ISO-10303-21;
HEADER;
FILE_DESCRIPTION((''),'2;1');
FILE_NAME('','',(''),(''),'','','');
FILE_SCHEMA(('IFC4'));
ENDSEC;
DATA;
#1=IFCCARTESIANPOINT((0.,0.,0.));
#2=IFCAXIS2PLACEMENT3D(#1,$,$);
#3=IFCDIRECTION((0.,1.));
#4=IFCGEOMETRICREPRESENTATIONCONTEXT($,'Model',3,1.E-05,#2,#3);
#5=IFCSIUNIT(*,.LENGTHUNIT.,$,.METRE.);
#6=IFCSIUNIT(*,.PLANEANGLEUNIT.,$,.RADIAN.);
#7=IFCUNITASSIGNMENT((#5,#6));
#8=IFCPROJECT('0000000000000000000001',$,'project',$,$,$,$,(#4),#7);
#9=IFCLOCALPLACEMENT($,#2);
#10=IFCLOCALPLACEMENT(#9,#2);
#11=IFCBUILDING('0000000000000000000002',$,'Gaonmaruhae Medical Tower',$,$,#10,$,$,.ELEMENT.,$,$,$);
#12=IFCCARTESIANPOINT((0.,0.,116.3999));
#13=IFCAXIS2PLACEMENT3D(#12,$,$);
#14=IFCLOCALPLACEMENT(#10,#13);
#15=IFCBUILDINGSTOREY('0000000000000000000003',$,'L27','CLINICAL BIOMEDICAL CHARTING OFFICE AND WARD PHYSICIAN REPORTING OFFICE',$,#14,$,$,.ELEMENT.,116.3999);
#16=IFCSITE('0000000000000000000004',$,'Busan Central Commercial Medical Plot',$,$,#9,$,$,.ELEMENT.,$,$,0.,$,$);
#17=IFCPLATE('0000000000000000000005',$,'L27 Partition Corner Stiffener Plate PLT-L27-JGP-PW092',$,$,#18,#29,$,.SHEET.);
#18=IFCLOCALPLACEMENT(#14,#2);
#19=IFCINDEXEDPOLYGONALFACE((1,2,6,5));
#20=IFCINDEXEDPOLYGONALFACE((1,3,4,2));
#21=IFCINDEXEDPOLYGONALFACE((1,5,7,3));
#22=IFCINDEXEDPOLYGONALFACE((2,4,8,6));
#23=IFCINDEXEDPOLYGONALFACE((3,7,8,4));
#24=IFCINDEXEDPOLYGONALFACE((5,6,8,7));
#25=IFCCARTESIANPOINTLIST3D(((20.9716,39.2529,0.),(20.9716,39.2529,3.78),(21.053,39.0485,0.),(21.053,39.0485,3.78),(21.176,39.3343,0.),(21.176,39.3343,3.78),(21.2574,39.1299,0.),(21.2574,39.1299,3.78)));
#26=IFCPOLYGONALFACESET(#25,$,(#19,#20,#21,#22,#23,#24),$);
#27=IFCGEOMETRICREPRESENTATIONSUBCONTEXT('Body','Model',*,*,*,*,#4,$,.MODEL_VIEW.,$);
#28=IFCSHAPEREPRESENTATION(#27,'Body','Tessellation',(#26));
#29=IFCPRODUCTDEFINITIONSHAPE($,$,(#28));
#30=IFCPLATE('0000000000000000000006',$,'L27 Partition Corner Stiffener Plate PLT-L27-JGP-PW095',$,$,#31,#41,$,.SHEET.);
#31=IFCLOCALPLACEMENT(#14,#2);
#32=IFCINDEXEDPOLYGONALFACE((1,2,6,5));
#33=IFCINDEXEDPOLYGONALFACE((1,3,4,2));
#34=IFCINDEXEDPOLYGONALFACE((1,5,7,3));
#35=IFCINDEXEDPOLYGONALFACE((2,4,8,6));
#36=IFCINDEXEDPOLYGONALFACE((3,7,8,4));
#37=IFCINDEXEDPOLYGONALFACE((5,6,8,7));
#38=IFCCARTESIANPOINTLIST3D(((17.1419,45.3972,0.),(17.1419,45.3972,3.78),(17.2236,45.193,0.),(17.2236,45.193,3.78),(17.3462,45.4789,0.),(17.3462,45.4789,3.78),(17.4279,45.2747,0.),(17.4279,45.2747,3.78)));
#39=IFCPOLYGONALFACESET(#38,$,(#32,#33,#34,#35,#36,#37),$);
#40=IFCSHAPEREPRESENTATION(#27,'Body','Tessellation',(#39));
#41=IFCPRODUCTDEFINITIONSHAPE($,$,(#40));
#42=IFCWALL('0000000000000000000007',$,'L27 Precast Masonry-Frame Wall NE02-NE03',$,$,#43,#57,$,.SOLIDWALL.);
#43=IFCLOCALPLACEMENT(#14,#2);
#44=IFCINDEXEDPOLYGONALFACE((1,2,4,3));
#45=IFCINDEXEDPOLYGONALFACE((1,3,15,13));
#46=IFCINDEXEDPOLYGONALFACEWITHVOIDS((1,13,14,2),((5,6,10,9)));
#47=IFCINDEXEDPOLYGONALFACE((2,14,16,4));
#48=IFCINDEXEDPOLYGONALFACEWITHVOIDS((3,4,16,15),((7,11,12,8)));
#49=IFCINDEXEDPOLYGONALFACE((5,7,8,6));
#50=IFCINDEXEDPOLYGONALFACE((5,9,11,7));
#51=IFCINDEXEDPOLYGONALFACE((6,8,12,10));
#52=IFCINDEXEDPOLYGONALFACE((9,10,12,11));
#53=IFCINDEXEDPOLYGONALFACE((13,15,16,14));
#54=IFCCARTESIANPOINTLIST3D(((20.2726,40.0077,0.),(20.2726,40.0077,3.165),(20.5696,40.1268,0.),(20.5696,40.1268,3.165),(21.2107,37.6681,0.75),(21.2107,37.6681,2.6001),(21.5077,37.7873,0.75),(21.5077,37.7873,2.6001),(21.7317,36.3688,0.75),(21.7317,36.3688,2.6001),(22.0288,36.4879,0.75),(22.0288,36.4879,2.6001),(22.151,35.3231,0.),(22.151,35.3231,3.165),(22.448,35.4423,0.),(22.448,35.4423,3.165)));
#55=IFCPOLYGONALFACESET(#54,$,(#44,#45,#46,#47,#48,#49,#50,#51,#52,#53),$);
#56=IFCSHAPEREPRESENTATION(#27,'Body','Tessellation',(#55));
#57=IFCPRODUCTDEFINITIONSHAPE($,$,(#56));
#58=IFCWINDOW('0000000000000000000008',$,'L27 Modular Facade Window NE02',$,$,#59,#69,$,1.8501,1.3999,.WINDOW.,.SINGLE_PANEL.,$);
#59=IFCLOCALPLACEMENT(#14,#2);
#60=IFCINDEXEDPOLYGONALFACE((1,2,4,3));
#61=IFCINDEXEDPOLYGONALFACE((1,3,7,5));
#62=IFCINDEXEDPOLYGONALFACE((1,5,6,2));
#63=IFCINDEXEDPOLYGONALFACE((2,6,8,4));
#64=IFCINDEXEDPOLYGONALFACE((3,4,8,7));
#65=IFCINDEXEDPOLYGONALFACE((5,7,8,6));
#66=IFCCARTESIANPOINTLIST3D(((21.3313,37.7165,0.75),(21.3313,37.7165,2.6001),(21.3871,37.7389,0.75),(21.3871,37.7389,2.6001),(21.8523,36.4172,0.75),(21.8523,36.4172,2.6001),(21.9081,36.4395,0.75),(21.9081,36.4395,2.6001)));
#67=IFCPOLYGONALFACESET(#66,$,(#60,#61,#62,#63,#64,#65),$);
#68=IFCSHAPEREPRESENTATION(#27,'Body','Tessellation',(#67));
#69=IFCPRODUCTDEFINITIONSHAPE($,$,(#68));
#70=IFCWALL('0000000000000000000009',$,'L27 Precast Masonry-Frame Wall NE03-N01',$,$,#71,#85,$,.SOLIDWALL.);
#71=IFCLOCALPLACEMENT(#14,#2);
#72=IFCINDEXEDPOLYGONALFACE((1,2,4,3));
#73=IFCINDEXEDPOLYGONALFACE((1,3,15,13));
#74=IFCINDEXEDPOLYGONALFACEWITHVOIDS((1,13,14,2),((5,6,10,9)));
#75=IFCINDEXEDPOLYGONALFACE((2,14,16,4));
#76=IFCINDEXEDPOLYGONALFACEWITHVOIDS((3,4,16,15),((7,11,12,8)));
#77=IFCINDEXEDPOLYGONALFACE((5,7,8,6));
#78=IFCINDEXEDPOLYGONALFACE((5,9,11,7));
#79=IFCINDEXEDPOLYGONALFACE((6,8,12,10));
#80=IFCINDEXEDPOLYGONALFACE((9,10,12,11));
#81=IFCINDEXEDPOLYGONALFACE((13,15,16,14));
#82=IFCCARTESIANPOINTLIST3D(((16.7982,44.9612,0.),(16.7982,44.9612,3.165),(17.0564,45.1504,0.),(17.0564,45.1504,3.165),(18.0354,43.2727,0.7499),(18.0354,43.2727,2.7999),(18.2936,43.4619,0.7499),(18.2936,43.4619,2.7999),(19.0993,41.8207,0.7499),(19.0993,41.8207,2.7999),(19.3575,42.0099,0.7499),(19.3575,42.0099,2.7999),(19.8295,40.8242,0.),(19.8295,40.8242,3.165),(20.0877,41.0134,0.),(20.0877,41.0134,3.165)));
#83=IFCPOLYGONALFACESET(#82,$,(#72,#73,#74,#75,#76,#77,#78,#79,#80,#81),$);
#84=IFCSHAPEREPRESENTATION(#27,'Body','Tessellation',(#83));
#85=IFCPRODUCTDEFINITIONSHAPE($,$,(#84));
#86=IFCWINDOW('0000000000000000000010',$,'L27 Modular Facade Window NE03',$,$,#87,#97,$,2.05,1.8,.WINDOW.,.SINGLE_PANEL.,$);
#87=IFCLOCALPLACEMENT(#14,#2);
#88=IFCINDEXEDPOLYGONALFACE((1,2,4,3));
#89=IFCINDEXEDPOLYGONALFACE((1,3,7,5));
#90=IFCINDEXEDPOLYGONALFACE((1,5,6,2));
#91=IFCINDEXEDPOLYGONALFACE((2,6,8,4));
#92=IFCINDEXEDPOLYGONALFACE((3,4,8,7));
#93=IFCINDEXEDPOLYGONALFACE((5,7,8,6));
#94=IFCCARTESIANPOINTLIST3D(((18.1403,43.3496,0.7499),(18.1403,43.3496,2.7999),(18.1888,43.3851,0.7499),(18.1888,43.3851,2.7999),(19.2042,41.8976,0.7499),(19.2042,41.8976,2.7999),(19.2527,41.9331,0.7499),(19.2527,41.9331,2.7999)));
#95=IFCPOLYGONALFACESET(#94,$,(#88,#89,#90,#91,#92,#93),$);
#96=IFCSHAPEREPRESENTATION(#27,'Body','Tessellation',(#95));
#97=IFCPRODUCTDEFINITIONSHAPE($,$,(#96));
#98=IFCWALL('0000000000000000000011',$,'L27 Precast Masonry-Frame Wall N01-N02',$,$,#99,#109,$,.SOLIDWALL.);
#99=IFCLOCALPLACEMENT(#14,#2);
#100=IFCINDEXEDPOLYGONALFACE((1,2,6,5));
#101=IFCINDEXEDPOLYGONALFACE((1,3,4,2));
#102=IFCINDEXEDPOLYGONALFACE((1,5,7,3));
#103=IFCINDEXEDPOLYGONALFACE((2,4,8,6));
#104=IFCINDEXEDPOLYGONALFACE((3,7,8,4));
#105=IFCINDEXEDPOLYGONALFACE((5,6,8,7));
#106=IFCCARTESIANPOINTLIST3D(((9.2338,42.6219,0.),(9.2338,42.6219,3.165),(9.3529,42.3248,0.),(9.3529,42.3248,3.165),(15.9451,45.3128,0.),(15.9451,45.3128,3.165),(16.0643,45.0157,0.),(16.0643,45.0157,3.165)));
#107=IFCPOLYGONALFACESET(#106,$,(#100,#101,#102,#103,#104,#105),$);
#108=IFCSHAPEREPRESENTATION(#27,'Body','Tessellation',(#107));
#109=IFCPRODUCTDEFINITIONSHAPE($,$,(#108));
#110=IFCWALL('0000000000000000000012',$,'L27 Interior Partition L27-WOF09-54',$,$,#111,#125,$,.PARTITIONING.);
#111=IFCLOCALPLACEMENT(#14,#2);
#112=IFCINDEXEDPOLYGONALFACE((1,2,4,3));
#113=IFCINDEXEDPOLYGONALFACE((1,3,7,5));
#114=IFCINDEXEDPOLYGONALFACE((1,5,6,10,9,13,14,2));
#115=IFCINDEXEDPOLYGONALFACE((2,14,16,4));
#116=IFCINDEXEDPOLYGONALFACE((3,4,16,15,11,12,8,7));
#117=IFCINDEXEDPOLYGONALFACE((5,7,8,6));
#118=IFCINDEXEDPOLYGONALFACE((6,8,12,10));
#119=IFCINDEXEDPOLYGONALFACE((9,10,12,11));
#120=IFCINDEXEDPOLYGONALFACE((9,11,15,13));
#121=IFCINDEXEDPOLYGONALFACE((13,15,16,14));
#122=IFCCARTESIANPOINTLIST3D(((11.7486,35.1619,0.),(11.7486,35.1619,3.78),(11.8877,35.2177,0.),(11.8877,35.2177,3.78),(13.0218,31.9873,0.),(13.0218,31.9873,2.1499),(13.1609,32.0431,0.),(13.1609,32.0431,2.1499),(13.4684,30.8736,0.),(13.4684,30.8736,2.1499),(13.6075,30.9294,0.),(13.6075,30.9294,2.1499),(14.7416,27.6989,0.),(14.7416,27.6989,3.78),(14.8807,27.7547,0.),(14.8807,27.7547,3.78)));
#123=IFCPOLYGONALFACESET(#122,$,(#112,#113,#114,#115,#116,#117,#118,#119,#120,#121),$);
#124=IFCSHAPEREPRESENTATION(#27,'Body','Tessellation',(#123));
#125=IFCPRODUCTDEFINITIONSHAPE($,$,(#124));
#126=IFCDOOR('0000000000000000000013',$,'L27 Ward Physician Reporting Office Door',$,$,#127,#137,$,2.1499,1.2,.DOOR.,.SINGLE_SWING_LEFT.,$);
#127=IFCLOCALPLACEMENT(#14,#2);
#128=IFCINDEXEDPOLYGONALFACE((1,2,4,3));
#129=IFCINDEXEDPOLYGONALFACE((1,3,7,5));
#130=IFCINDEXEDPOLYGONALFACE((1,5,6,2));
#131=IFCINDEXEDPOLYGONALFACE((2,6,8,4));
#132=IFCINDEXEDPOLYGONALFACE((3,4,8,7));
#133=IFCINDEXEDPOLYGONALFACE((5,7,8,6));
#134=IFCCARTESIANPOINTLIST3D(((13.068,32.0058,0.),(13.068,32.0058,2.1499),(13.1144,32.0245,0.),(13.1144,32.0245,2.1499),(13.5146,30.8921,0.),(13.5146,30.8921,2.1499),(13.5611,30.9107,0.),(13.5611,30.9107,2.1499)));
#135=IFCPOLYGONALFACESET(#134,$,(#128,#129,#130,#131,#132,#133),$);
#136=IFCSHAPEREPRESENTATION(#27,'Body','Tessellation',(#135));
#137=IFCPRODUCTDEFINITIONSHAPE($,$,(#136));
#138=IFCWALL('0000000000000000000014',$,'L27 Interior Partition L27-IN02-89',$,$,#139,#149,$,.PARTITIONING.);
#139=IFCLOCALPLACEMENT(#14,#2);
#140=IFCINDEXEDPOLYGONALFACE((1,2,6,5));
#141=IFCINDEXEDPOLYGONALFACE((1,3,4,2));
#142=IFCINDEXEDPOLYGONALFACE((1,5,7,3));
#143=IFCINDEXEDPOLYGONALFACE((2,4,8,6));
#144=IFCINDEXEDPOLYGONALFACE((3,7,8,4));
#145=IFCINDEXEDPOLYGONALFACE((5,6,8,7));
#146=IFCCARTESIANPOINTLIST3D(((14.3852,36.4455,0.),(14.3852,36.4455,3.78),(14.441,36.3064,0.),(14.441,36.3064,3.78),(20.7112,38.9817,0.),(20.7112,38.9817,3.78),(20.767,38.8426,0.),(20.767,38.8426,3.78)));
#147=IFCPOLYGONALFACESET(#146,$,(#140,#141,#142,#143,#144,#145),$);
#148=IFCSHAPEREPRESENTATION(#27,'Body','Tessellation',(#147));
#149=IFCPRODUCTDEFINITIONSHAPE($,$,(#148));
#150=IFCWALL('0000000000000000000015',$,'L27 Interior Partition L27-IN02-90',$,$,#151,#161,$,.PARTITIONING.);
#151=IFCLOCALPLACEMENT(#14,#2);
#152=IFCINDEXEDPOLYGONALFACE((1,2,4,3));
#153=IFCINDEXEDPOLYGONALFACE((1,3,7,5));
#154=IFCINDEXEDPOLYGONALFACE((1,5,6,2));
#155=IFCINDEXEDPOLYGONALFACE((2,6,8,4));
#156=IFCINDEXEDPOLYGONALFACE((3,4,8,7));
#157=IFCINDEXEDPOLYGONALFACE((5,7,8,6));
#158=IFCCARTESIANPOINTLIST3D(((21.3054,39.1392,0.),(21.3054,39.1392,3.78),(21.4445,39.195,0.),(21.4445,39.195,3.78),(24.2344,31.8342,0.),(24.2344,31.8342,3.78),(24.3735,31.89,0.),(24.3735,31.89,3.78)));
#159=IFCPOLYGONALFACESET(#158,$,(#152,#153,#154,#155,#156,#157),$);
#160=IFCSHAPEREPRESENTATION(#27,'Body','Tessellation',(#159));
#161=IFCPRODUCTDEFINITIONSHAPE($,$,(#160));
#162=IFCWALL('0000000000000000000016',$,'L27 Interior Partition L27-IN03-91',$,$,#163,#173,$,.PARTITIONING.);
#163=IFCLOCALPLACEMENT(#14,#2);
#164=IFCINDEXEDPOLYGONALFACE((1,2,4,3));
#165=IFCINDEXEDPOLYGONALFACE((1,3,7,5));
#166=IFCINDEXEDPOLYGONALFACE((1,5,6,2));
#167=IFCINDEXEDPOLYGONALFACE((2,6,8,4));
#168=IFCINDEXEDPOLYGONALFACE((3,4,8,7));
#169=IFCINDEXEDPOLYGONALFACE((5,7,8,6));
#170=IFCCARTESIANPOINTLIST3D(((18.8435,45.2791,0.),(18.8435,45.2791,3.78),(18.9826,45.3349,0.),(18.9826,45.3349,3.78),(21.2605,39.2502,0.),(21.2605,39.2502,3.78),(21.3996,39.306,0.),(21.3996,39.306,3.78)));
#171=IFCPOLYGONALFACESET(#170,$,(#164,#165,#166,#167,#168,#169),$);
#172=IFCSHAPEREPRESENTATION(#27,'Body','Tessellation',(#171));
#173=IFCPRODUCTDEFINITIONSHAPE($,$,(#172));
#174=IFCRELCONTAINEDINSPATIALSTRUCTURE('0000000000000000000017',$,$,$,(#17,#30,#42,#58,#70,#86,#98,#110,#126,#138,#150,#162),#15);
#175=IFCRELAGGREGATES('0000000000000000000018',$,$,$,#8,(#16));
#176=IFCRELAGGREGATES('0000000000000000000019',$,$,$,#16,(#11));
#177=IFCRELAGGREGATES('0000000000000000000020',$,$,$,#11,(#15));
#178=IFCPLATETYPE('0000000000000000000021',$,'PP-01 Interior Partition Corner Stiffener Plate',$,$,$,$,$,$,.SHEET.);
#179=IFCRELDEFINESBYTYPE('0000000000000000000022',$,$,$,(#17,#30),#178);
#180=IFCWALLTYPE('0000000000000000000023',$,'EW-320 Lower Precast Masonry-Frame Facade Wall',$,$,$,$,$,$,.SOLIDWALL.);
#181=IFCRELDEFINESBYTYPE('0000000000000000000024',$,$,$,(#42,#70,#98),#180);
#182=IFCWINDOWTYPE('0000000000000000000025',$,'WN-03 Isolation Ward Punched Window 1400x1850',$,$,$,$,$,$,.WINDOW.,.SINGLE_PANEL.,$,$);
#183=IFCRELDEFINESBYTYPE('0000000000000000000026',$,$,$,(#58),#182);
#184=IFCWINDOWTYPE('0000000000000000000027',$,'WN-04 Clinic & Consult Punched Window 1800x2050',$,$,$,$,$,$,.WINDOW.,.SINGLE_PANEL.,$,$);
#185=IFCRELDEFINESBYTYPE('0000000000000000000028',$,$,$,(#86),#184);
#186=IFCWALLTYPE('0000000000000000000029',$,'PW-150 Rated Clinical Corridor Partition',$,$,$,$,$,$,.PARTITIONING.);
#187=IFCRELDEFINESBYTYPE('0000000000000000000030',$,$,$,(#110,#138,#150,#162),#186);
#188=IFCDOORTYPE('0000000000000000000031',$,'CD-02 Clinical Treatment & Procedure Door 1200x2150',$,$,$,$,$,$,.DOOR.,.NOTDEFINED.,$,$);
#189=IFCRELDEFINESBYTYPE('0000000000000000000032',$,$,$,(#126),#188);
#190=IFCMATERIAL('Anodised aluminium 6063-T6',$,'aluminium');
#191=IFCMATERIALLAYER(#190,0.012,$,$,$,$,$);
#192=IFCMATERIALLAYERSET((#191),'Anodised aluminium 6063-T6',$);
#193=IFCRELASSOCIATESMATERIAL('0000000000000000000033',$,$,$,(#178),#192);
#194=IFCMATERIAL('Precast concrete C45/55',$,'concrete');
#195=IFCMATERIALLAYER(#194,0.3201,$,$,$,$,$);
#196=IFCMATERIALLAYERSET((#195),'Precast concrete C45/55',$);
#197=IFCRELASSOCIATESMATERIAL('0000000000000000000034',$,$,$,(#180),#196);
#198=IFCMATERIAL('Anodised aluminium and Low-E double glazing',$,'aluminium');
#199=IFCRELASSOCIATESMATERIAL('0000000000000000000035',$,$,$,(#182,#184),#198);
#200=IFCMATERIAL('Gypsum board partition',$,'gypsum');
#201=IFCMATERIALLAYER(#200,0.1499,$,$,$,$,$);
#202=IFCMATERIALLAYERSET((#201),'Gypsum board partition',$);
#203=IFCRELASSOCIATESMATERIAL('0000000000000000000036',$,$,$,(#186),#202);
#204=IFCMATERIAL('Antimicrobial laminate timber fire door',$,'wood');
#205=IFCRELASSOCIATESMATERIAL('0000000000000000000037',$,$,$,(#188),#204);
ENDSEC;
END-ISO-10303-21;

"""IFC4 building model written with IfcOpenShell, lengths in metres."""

from ifc_helpers import new_model, si_unit, direction, frame, frame_2d, origin, origin_2d, place, context, subcontext, project, spatial, rectangle, extrude, material, layer, layer_set, type_object, element, fill, save


model = new_model("IFC4")

# Units and contexts
model_context = context("Model", 3, precision=1e-05, world=origin(), true_north=direction((0.0, 1.0)))
body_context = subcontext(model_context, "Body", "Model", "MODEL_VIEW")
ifc_project = project(units=[si_unit("LENGTHUNIT", "METRE"), si_unit("PLANEANGLEUNIT", "RADIAN")], contexts=[model_context])

# Site, building, storey
site_placement = place(None, origin())
site = spatial("IfcSite", under=ifc_project, at=site_placement, Name="Busan Central Commercial Medical Plot", CompositionType="ELEMENT", RefElevation=0.0)
building_placement = place(site_placement, origin())
building = spatial("IfcBuilding", under=site, at=building_placement, Name="Gaonmaruhae Medical Tower", CompositionType="ELEMENT")
storey_placement = place(building_placement, frame((0.0, 0.0, 116.3999)))
storey = spatial("IfcBuildingStorey", under=building, at=storey_placement, Name="L27", Description="CLINICAL BIOMEDICAL CHARTING OFFICE AND WARD PHYSICIAN REPORTING OFFICE", CompositionType="ELEMENT", Elevation=116.3999)

# Plates
ifc_material_1 = material(Name="Anodised aluminium 6063-T6", Category="aluminium")
ifc_layer_1 = layer(ifc_material_1, 0.012)
ifc_layer_set_1 = layer_set([ifc_layer_1], Name="Anodised aluminium 6063-T6")
plate_type = type_object("IfcPlateType", Name="PP-01 Interior Partition Corner Stiffener Plate", PredefinedType="SHEET", material=ifc_layer_set_1)
for number, where, z_axis, x_axis, name in (
    (1, (21.1145, 39.1914, 0.0), (0.0, 0.0, 1.0), (-0.929042, -0.369974, 0.0), "L27 Partition Corner Stiffener Plate PLT-L27-JGP-PW092"),
    (2, (17.2849, 45.3359, 0.0), (0.0, 0.0, 1.0), (0.371384, -0.928479, 0.0), "L27 Partition Corner Stiffener Plate PLT-L27-JGP-PW095"),
):
    element("IfcPlate", number, at=place(storey_placement, frame(where, z_axis=z_axis, x_axis=x_axis)), inside=storey, type_object=plate_type, Name=name, PredefinedType="SHEET", context=body_context, shape_type="SweptSolid", body=[
        extrude(rectangle(XDim=0.22, YDim=0.22, at=origin_2d()), origin(), (0.0, 0.0, 1.0), 3.78),
    ])

# Walls, openings, windows
ifc_material_2 = material(Name="Precast concrete C45/55", Category="concrete")
ifc_layer_2 = layer(ifc_material_2, 0.3201)
ifc_layer_set_2 = layer_set([ifc_layer_2], Name="Precast concrete C45/55")
wall_type_1 = type_object("IfcWallType", Name="EW-320 Lower Precast Masonry-Frame Facade Wall", PredefinedType="SOLIDWALL", material=ifc_layer_set_2)
wall_1_placement = place(storey_placement, frame((20.4211, 40.0671, 0.0), z_axis=(0.0, 0.0, 1.0), x_axis=(0.372175, -0.928163, 0.0)))
wall_1 = element("IfcWall", 3, at=wall_1_placement, inside=storey, type_object=wall_type_1, Name="L27 Precast Masonry-Frame Wall NE02-NE03", PredefinedType="SOLIDWALL", context=body_context, shape_type="SweptSolid", body=[
    extrude(rectangle(XDim=5.0471, YDim=0.3201, at=frame_2d((2.5234, 0.0))), origin(), (0.0, 0.0, 1.0), 3.165),
])
opening_1_placement = place(wall_1_placement, frame((2.5205, 0.0, 0.75)))
opening_1 = element("IfcOpeningElement", 4, at=opening_1_placement, cuts=wall_1, PredefinedType="OPENING", context=body_context, shape_type="SweptSolid", body=[
    extrude(rectangle(XDim=1.3999, YDim=1.8501, at=frame_2d((0.7, 0.925))), frame((0.0, 0.1699, 0.0), z_axis=(0.0, -1.0, 0.0), x_axis=(1.0, 0.0, 0.0)), (0.0, 0.0, 1.0), 0.3401),
])
ifc_material_3 = material(Name="Anodised aluminium and Low-E double glazing", Category="aluminium")
window_type_1 = type_object("IfcWindowType", Name="WN-03 Isolation Ward Punched Window 1400x1850", PartitioningType="SINGLE_PANEL", PredefinedType="WINDOW", material=ifc_material_3)
window_1_placement = place(opening_1_placement, origin())
window_1 = element("IfcWindow", 5, at=window_1_placement, inside=storey, type_object=window_type_1, Name="L27 Modular Facade Window NE02", OverallHeight=1.8501, OverallWidth=1.3999, PartitioningType="SINGLE_PANEL", PredefinedType="WINDOW", context=body_context, shape_type="SweptSolid", body=[
    extrude(rectangle(XDim=1.3999, YDim=1.8501, at=frame_2d((0.7, 0.925))), frame((0.0, 0.03, 0.0), z_axis=(0.0, -1.0, 0.0), x_axis=(1.0, 0.0, 0.0)), (0.0, 0.0, 1.0), 0.0601),
])
fill(opening_1, window_1)
wall_2_placement = place(storey_placement, frame((16.9272, 45.0559, 0.0), z_axis=(0.0, 0.0, 1.0), x_axis=(0.591044, -0.80664, 0.0)))
wall_2 = element("IfcWall", 6, at=wall_2_placement, inside=storey, type_object=wall_type_1, Name="L27 Precast Masonry-Frame Wall NE03-N01", PredefinedType="SOLIDWALL", context=body_context, shape_type="SweptSolid", body=[
    extrude(rectangle(XDim=5.1287, YDim=0.3201, at=frame_2d((2.5645, 0.0))), origin(), (0.0, 0.0, 1.0), 3.165),
])
opening_2_placement = place(wall_2_placement, frame((2.0935, 0.0, 0.75)))
opening_2 = element("IfcOpeningElement", 7, at=opening_2_placement, cuts=wall_2, PredefinedType="OPENING", context=body_context, shape_type="SweptSolid", body=[
    extrude(rectangle(XDim=1.8, YDim=2.05, at=frame_2d((0.8999, 1.0249))), frame((0.0, 0.1699, 0.0), z_axis=(0.0, -1.0, 0.0), x_axis=(1.0, 0.0, 0.0)), (0.0, 0.0, 1.0), 0.3401),
])
window_type_2 = type_object("IfcWindowType", Name="WN-04 Clinic & Consult Punched Window 1800x2050", PartitioningType="SINGLE_PANEL", PredefinedType="WINDOW", material=ifc_material_3)
window_2_placement = place(opening_2_placement, origin())
window_2 = element("IfcWindow", 8, at=window_2_placement, inside=storey, type_object=window_type_2, Name="L27 Modular Facade Window NE03", OverallHeight=2.05, OverallWidth=1.8, PartitioningType="SINGLE_PANEL", PredefinedType="WINDOW", context=body_context, shape_type="SweptSolid", body=[
    extrude(rectangle(XDim=1.8, YDim=2.05, at=frame_2d((0.8999, 1.0249))), frame((0.0, 0.03, 0.0), z_axis=(0.0, -1.0, 0.0), x_axis=(1.0, 0.0, 0.0)), (0.0, 0.0, 1.0), 0.0601),
])
fill(opening_2, window_2)

# Wall
wall_3_placement = place(storey_placement, frame((9.2935, 42.4734, 0.0), z_axis=(0.0, 0.0, 1.0), x_axis=(0.928174, 0.372147, 0.0)))
element("IfcWall", 9, at=wall_3_placement, inside=storey, type_object=wall_type_1, Name="L27 Precast Masonry-Frame Wall N01-N02", PredefinedType="SOLIDWALL", context=body_context, shape_type="SweptSolid", body=[
    extrude(rectangle(XDim=7.2307, YDim=0.3201, at=frame_2d((3.6152, 0.0))), origin(), (0.0, 0.0, 1.0), 3.165),
])

# Wall, opening, door
ifc_material_4 = material(Name="Gypsum board partition", Category="gypsum")
ifc_layer_3 = layer(ifc_material_4, 0.1499)
ifc_layer_set_3 = layer_set([ifc_layer_3], Name="Gypsum board partition")
wall_type_2 = type_object("IfcWallType", Name="PW-150 Rated Clinical Corridor Partition", PredefinedType="PARTITIONING", material=ifc_layer_set_3)
wall_4_placement = place(storey_placement, frame((11.8181, 35.1899, 0.0), z_axis=(0.0, 0.0, 1.0), x_axis=(0.372223, -0.928143, 0.0)))
wall_4 = element("IfcWall", 10, at=wall_4_placement, inside=storey, type_object=wall_type_2, Name="L27 Interior Partition L27-WOF09-54", PredefinedType="PARTITIONING", context=body_context, shape_type="SweptSolid", body=[
    extrude(rectangle(XDim=8.0408, YDim=0.1499, at=frame_2d((4.0205, 0.0))), origin(), (0.0, 0.0, 1.0), 3.78),
])
opening_3_placement = place(wall_4_placement, frame((3.4204, 0.0, 0.0)))
opening_3 = element("IfcOpeningElement", 11, at=opening_3_placement, cuts=wall_4, PredefinedType="OPENING", context=body_context, shape_type="SweptSolid", body=[
    extrude(rectangle(XDim=1.2, YDim=2.1499, at=frame_2d((0.6001, 1.075))), frame((0.0, 0.085, 0.0), z_axis=(0.0, -1.0, 0.0), x_axis=(1.0, 0.0, 0.0)), (0.0, 0.0, 1.0), 0.1699),
])
ifc_material_5 = material(Name="Antimicrobial laminate timber fire door", Category="wood")
door_type_1 = type_object("IfcDoorType", Name="CD-02 Clinical Treatment & Procedure Door 1200x2150", OperationType="NOTDEFINED", PredefinedType="DOOR", material=ifc_material_5)
door_1_placement = place(opening_3_placement, origin())
door_1 = element("IfcDoor", 12, at=door_1_placement, inside=storey, type_object=door_type_1, Name="L27 Ward Physician Reporting Office Door", OperationType="SINGLE_SWING_LEFT", OverallHeight=2.1499, OverallWidth=1.2, PredefinedType="DOOR", context=body_context, shape_type="SweptSolid", body=[
    extrude(rectangle(XDim=1.2, YDim=2.1499, at=frame_2d((0.6001, 1.075))), frame((0.0, 0.0249, 0.0), z_axis=(0.0, -1.0, 0.0), x_axis=(1.0, 0.0, 0.0)), (0.0, 0.0, 1.0), 0.05),
])
fill(opening_3, door_1)

# Walls
wall_5_placement = place(storey_placement, frame((14.4131, 36.376, 0.0), z_axis=(0.0, 0.0, 1.0), x_axis=(0.928185, 0.372119, 0.0)))
element("IfcWall", 13, at=wall_5_placement, inside=storey, type_object=wall_type_2, Name="L27 Interior Partition L27-IN02-89", PredefinedType="PARTITIONING", context=body_context, shape_type="SweptSolid", body=[
    extrude(rectangle(XDim=6.8154, YDim=0.1499, at=frame_2d((3.4077, 0.0))), origin(), (0.0, 0.0, 1.0), 3.78),
])
wall_6_placement = place(storey_placement, frame((21.375, 39.167, 0.0), z_axis=(0.0, 0.0, 1.0), x_axis=(0.372155, -0.92817, 0.0)))
element("IfcWall", 14, at=wall_6_placement, inside=storey, type_object=wall_type_2, Name="L27 Interior Partition L27-IN02-90", PredefinedType="PARTITIONING", context=body_context, shape_type="SweptSolid", body=[
    extrude(rectangle(XDim=7.8704, YDim=0.1499, at=frame_2d((3.9351, 0.0))), origin(), (0.0, 0.0, 1.0), 3.78),
])
wall_7_placement = place(storey_placement, frame((18.9131, 45.3069, 0.0), z_axis=(0.0, 0.0, 1.0), x_axis=(0.372116, -0.928186, 0.0)))
element("IfcWall", 15, at=wall_7_placement, inside=storey, type_object=wall_type_2, Name="L27 Interior Partition L27-IN03-91", PredefinedType="PARTITIONING", context=body_context, shape_type="SweptSolid", body=[
    extrude(rectangle(XDim=6.4954, YDim=0.1499, at=frame_2d((3.2476, 0.0))), origin(), (0.0, 0.0, 1.0), 3.78),
])

save(model, "model.ifc")
